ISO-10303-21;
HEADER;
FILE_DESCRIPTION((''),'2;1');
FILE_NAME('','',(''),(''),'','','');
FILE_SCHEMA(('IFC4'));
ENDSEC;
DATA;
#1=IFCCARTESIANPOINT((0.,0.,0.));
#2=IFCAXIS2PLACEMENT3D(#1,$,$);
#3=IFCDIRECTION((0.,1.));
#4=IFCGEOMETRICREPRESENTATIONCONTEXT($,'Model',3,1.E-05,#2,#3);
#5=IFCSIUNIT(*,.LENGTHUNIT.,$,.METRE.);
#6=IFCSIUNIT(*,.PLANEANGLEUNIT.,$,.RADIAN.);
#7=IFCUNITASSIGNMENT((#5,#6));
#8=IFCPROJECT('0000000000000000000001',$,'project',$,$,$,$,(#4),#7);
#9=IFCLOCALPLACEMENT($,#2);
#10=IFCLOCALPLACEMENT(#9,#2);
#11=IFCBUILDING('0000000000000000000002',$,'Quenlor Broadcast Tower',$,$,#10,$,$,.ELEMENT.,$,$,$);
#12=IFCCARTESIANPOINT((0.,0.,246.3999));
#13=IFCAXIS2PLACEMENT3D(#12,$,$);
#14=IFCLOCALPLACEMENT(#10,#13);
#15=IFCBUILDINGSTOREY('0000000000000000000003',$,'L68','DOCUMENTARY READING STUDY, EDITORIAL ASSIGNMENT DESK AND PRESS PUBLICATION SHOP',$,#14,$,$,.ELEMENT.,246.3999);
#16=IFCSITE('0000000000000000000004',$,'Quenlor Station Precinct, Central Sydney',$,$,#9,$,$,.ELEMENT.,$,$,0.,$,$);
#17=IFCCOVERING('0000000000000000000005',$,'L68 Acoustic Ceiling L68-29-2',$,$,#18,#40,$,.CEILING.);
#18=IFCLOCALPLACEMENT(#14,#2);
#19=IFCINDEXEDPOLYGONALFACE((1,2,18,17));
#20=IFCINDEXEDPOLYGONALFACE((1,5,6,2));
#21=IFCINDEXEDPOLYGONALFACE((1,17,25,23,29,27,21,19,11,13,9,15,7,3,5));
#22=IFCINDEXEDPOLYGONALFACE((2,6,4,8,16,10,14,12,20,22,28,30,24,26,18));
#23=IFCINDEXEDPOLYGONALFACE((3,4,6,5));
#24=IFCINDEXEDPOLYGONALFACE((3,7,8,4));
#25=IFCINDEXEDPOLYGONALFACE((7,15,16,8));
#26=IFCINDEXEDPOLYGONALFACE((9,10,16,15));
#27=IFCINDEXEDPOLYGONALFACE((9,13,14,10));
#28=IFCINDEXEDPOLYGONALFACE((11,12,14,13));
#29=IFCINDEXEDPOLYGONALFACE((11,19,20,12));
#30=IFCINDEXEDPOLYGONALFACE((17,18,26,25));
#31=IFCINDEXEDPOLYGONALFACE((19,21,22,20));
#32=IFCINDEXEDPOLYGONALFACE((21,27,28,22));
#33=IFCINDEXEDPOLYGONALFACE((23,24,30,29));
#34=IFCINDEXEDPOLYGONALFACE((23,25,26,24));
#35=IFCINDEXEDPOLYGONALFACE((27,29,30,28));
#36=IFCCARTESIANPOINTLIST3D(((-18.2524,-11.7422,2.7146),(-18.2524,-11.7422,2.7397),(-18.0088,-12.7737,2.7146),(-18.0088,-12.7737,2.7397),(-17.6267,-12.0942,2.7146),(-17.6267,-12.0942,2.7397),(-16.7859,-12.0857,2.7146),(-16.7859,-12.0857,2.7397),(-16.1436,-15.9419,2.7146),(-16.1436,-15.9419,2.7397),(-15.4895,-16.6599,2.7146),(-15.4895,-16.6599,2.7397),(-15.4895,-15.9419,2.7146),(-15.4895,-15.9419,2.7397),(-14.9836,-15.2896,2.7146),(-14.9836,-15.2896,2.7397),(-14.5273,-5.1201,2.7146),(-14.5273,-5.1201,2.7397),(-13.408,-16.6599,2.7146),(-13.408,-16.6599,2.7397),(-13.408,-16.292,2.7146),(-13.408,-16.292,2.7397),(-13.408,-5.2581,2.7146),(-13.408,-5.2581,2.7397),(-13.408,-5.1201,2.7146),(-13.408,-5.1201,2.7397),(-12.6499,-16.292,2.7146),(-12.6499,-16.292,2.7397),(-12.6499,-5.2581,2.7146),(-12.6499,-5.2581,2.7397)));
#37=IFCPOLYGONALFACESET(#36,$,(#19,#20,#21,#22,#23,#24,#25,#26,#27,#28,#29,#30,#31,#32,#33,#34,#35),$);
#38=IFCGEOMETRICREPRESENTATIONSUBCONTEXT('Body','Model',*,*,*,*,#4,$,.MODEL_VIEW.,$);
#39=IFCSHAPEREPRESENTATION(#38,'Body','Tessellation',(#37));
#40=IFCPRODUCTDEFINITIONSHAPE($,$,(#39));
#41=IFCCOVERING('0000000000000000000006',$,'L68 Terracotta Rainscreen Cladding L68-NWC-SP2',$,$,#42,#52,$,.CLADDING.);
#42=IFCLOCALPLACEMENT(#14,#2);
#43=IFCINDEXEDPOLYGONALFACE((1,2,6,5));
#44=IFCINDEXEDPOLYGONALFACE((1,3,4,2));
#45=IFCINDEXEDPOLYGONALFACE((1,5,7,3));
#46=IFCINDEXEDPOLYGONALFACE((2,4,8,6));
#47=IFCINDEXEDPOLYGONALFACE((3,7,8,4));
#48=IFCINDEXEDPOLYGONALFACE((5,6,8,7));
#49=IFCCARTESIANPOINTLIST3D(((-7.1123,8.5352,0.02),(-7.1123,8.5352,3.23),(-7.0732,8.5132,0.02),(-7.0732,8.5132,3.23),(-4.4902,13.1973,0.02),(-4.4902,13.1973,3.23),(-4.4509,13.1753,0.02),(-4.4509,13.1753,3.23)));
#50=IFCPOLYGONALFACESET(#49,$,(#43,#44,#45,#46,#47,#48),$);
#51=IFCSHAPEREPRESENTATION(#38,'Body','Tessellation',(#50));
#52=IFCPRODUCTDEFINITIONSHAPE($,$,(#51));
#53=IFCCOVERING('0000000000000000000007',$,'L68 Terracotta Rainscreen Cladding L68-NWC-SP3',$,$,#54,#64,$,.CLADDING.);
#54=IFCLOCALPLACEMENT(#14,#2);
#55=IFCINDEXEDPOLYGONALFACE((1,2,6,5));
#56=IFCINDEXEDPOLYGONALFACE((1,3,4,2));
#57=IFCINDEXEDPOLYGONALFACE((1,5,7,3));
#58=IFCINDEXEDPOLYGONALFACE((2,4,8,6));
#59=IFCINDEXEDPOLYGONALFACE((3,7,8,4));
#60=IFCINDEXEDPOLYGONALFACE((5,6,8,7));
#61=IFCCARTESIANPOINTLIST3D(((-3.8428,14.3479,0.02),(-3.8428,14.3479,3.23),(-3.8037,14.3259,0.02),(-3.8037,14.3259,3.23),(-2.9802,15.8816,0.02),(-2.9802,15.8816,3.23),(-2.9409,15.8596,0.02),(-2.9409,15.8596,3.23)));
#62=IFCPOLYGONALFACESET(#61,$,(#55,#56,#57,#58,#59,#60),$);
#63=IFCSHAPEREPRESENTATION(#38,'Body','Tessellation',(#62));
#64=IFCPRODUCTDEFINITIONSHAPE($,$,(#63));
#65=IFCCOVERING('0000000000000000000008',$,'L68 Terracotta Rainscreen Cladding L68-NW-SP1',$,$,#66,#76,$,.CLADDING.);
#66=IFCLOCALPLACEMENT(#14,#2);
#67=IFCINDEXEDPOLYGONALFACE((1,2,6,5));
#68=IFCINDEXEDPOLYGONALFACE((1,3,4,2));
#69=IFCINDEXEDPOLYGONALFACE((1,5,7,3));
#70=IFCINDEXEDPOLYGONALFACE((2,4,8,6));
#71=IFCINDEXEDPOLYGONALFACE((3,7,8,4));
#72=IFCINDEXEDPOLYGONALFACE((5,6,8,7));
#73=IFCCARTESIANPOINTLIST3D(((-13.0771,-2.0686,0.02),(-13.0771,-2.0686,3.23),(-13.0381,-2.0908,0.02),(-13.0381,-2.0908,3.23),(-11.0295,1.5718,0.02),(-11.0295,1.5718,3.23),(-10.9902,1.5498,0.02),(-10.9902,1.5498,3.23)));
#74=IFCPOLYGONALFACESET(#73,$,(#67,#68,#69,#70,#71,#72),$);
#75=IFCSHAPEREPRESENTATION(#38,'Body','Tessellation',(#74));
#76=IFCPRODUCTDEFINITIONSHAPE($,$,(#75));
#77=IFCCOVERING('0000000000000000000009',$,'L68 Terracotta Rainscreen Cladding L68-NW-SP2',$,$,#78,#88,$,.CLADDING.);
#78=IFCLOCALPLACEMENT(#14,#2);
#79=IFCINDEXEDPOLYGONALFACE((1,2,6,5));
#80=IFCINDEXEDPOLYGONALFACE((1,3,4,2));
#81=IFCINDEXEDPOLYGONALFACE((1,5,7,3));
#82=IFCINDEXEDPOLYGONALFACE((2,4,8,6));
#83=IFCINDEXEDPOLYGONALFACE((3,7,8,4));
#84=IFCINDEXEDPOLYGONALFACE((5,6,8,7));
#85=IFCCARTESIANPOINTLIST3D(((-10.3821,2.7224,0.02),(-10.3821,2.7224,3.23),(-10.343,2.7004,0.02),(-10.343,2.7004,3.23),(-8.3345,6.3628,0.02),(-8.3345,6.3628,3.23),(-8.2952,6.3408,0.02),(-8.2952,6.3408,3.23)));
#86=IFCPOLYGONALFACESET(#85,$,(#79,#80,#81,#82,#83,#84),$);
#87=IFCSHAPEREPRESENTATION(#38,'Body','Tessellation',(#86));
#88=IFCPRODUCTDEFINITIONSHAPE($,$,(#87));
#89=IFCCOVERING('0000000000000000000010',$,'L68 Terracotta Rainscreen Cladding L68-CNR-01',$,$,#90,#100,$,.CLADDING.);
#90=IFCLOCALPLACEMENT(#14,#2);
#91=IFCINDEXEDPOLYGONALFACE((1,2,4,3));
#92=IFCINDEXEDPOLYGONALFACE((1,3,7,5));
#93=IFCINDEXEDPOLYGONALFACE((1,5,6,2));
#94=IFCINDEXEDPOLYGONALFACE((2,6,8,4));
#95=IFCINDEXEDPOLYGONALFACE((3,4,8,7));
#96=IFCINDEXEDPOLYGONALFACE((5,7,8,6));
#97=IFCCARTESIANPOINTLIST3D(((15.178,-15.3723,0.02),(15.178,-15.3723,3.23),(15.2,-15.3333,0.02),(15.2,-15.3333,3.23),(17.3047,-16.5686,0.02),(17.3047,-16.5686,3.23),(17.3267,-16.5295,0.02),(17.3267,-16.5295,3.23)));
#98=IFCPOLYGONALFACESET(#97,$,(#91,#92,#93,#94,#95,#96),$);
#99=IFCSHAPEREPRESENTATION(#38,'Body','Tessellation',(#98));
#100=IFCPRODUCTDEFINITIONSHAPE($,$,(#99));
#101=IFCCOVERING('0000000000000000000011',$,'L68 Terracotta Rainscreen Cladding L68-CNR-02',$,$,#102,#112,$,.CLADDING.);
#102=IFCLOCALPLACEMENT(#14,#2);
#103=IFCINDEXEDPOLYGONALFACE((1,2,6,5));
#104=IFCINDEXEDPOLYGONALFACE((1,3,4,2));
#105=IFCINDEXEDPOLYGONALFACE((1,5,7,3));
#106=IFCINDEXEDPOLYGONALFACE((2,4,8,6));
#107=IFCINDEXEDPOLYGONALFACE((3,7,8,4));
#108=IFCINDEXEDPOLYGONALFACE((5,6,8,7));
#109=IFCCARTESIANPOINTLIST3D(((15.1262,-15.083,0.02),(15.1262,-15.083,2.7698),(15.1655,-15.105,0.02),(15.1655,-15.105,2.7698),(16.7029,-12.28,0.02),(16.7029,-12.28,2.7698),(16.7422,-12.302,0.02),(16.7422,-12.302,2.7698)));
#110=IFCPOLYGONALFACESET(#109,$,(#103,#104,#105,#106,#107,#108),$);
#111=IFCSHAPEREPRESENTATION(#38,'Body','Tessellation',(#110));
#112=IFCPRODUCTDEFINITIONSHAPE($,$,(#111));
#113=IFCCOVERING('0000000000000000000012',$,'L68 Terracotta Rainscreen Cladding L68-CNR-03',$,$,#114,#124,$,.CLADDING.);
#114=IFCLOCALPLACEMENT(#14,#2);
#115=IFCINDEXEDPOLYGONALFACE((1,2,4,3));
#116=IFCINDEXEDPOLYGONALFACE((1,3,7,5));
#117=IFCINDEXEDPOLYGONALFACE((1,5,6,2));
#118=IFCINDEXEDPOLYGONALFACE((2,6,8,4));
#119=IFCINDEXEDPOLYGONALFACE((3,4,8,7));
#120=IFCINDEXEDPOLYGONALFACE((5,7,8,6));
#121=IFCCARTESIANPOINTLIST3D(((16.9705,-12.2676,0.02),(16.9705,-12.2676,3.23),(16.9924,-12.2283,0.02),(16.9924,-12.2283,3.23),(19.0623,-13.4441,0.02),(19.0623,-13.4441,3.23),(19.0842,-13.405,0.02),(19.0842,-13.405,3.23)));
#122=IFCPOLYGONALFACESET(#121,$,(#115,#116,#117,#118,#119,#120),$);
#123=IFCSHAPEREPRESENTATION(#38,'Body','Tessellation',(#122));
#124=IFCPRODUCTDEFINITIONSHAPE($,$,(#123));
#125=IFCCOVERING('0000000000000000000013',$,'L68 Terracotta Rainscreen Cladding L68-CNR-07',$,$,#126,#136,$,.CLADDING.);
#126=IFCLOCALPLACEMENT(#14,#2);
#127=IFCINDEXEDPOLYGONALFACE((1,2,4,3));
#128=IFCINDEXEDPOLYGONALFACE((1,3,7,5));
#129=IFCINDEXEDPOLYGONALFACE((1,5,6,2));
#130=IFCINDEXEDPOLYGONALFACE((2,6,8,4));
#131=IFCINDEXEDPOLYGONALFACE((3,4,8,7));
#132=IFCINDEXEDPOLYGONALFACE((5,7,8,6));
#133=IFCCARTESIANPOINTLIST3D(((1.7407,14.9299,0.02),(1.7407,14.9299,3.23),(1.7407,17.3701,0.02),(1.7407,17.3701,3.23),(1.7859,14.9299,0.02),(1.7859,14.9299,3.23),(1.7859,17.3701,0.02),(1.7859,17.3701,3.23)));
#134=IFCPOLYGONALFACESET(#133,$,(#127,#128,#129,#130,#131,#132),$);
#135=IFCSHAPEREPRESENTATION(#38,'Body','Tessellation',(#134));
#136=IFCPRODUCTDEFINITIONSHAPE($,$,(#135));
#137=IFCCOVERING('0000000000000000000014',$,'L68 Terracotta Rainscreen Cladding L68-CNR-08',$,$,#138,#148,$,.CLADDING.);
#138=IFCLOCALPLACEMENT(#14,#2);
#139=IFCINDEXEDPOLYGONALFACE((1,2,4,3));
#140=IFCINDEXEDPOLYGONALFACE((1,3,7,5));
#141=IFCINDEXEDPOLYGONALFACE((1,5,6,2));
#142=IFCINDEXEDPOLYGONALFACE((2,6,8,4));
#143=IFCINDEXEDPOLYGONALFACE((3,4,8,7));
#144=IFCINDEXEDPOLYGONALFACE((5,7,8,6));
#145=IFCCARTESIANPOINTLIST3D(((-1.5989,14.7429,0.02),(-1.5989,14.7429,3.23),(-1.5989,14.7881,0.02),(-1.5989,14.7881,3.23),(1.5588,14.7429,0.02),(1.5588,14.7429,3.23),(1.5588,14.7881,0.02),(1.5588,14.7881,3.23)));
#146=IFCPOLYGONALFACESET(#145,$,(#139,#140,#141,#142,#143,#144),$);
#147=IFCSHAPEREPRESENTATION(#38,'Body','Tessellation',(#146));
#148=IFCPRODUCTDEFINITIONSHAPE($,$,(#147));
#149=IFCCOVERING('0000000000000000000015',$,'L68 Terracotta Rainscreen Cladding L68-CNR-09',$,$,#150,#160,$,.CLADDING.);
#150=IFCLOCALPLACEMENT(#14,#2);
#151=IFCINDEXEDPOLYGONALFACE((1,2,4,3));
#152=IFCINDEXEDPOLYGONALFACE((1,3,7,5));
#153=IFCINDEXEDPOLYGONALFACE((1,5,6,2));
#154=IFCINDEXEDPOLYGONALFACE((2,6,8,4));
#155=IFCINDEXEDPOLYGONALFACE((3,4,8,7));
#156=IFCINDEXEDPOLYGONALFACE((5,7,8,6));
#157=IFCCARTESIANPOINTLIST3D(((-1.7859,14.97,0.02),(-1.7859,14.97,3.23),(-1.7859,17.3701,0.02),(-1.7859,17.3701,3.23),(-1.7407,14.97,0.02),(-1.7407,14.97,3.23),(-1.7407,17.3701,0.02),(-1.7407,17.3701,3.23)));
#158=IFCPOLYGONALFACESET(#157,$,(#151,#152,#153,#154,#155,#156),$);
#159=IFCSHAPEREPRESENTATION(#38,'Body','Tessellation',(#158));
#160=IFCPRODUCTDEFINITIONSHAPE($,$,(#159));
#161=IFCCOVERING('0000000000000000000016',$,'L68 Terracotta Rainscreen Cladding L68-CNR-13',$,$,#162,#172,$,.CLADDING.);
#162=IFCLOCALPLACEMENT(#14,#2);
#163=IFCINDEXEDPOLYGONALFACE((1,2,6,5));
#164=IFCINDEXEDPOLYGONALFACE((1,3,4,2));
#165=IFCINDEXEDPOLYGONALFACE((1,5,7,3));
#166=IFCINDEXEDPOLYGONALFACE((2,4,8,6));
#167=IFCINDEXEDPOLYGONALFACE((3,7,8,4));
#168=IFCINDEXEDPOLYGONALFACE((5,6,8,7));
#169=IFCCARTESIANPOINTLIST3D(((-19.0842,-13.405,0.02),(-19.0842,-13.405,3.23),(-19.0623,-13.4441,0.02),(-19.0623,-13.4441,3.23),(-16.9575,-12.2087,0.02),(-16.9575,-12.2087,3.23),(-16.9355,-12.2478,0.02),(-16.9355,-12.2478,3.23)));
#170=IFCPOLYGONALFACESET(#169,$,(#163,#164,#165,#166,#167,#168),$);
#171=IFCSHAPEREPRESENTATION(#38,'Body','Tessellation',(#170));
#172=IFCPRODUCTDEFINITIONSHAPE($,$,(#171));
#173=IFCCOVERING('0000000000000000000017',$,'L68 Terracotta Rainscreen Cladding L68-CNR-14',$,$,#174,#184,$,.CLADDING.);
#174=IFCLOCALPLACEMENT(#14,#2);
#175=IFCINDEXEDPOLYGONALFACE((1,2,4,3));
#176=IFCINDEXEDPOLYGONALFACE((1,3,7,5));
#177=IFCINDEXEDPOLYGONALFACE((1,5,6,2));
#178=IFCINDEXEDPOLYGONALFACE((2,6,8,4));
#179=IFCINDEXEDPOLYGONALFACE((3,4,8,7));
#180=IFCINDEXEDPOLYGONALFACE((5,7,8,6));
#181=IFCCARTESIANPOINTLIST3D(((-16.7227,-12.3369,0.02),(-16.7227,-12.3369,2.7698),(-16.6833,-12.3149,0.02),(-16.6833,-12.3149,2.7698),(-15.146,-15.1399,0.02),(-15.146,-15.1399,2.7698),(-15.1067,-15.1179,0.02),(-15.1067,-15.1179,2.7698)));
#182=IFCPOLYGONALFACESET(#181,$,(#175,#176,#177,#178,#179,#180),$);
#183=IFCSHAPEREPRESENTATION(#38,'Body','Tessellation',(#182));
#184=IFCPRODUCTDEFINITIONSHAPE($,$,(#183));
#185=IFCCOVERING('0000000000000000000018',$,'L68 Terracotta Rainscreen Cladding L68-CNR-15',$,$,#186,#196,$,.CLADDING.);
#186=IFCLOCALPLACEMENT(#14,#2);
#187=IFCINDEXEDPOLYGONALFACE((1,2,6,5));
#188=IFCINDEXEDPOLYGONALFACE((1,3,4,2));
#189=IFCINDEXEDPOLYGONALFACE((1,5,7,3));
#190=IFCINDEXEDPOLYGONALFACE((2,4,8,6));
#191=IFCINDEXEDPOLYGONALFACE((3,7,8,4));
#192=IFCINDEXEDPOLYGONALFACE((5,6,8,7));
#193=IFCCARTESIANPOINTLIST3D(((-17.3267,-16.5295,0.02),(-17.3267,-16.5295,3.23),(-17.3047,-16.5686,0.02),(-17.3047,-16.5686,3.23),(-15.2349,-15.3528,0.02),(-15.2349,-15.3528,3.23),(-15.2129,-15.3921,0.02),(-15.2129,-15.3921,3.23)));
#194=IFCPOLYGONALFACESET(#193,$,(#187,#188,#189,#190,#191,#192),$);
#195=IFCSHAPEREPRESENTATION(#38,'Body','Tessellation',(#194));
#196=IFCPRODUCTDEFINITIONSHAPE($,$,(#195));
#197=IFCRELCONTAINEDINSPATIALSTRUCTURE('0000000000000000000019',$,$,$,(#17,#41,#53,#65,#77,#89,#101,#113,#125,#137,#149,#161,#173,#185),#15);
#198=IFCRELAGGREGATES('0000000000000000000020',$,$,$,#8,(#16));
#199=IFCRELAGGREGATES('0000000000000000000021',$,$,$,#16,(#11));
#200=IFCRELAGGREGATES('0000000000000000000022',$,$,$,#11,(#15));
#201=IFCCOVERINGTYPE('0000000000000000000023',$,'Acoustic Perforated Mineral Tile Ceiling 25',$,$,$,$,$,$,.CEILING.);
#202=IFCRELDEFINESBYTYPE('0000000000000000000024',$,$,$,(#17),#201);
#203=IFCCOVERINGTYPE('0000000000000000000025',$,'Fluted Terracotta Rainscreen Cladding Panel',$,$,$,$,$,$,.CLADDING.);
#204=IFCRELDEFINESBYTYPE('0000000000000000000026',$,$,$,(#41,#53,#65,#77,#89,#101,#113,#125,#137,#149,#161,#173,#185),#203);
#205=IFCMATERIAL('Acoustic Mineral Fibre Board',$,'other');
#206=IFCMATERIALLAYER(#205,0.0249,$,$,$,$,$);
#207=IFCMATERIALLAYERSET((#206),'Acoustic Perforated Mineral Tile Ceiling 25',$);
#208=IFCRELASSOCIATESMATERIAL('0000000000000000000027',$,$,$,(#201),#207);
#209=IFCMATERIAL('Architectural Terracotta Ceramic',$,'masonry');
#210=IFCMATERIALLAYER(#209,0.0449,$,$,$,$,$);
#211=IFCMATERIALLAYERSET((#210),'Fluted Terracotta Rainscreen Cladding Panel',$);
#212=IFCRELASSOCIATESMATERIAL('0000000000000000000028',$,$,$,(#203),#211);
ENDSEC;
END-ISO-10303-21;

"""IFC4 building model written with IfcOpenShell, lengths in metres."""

from ifc_helpers import new_model, si_unit, direction, frame, origin, place, context, subcontext, project, spatial, polyline, outline, extrude, material, layer, layer_set, type_object, element, save


model = new_model("IFC4")

# Units and contexts
model_context = context("Model", 3, precision=1e-05, world=origin(), true_north=direction((0.0, 1.0)))
body_context = subcontext(model_context, "Body", "Model", "MODEL_VIEW")
ifc_project = project(units=[si_unit("LENGTHUNIT", "METRE"), si_unit("PLANEANGLEUNIT", "RADIAN")], contexts=[model_context])

# Site, building, storey
site_placement = place(None, origin())
site = spatial("IfcSite", under=ifc_project, at=site_placement, Name="Quenlor Station Precinct, Central Sydney", CompositionType="ELEMENT", RefElevation=0.0)
building_placement = place(site_placement, origin())
building = spatial("IfcBuilding", under=site, at=building_placement, Name="Quenlor Broadcast Tower", CompositionType="ELEMENT")
storey_placement = place(building_placement, frame((0.0, 0.0, 246.3999)))
storey = spatial("IfcBuildingStorey", under=building, at=storey_placement, Name="L68", Description="DOCUMENTARY READING STUDY, EDITORIAL ASSIGNMENT DESK AND PRESS PUBLICATION SHOP", CompositionType="ELEMENT", Elevation=246.3999)

# Coverings
ifc_material_1 = material(Name="Acoustic Mineral Fibre Board", Category="other")
ifc_layer_1 = layer(ifc_material_1, 0.0249)
ifc_layer_set_1 = layer_set([ifc_layer_1], Name="Acoustic Perforated Mineral Tile Ceiling 25")
covering_type_1 = type_object("IfcCoveringType", Name="Acoustic Perforated Mineral Tile Ceiling 25", PredefinedType="CEILING", material=ifc_layer_set_1)
covering_1_placement = place(storey_placement, frame((0.0, 0.0, 2.7146)))
element("IfcCovering", 1, at=covering_1_placement, inside=storey, type_object=covering_type_1, Name="L68 Acoustic Ceiling L68-29-2", PredefinedType="CEILING", context=body_context, shape_type="SweptSolid", body=[
    extrude(outline(polyline([(-17.6267, -12.0942), (-18.2524, -11.7422), (-14.5273, -5.1201), (-13.408, -5.1201), (-13.408, -5.2581), (-12.6499, -5.2581), (-12.6499, -16.292), (-13.408, -16.292), (-13.408, -16.6599), (-15.4895, -16.6599), (-15.4895, -15.9419), (-16.1436, -15.9419), (-14.9836, -15.2896), (-16.7859, -12.0857), (-18.0088, -12.7737), (-17.6267, -12.0942)])), origin(), (0.0, 0.0, 1.0), 0.0251),
])
ifc_material_2 = material(Name="Architectural Terracotta Ceramic", Category="masonry")
ifc_layer_2 = layer(ifc_material_2, 0.0449)
ifc_layer_set_2 = layer_set([ifc_layer_2], Name="Fluted Terracotta Rainscreen Cladding Panel")
covering_type_2 = type_object("IfcCoveringType", Name="Fluted Terracotta Rainscreen Cladding Panel", PredefinedType="CLADDING", material=ifc_layer_set_2)
covering_2_placement = place(storey_placement, frame((0.0, 0.0, 0.02)))
element("IfcCovering", 2, at=covering_2_placement, inside=storey, type_object=covering_type_2, Name="L68 Terracotta Rainscreen Cladding L68-NWC-SP2", PredefinedType="CLADDING", context=body_context, shape_type="SweptSolid", body=[
    extrude(outline(polyline([(-7.0732, 8.5132), (-4.4509, 13.1753), (-4.4902, 13.1973), (-7.1123, 8.5352), (-7.0732, 8.5132)])), origin(), (0.0, 0.0, 1.0), 3.21),
])
covering_3_placement = place(storey_placement, frame((0.0, 0.0, 0.02)))
element("IfcCovering", 3, at=covering_3_placement, inside=storey, type_object=covering_type_2, Name="L68 Terracotta Rainscreen Cladding L68-NWC-SP3", PredefinedType="CLADDING", context=body_context, shape_type="SweptSolid", body=[
    extrude(outline(polyline([(-3.8037, 14.3259), (-2.9409, 15.8596), (-2.9802, 15.8816), (-3.8428, 14.3479), (-3.8037, 14.3259)])), origin(), (0.0, 0.0, 1.0), 3.21),
])
covering_4_placement = place(storey_placement, frame((0.0, 0.0, 0.02)))
element("IfcCovering", 4, at=covering_4_placement, inside=storey, type_object=covering_type_2, Name="L68 Terracotta Rainscreen Cladding L68-NW-SP1", PredefinedType="CLADDING", context=body_context, shape_type="SweptSolid", body=[
    extrude(outline(polyline([(-13.0381, -2.0908), (-10.9902, 1.5498), (-11.0295, 1.5718), (-13.0771, -2.0686), (-13.0381, -2.0908)])), origin(), (0.0, 0.0, 1.0), 3.21),
])
covering_5_placement = place(storey_placement, frame((0.0, 0.0, 0.02)))
element("IfcCovering", 5, at=covering_5_placement, inside=storey, type_object=covering_type_2, Name="L68 Terracotta Rainscreen Cladding L68-NW-SP2", PredefinedType="CLADDING", context=body_context, shape_type="SweptSolid", body=[
    extrude(outline(polyline([(-10.343, 2.7004), (-8.2952, 6.3408), (-8.3345, 6.3628), (-10.3821, 2.7224), (-10.343, 2.7004)])), origin(), (0.0, 0.0, 1.0), 3.21),
])
covering_6_placement = place(storey_placement, frame((0.0, 0.0, 0.02)))
element("IfcCovering", 6, at=covering_6_placement, inside=storey, type_object=covering_type_2, Name="L68 Terracotta Rainscreen Cladding L68-CNR-01", PredefinedType="CLADDING", context=body_context, shape_type="SweptSolid", body=[
    extrude(outline(polyline([(17.3267, -16.5295), (15.2, -15.3333), (15.178, -15.3723), (17.3047, -16.5686), (17.3267, -16.5295)])), origin(), (0.0, 0.0, 1.0), 3.21),
])
covering_7_placement = place(storey_placement, frame((0.0, 0.0, 0.02)))
element("IfcCovering", 7, at=covering_7_placement, inside=storey, type_object=covering_type_2, Name="L68 Terracotta Rainscreen Cladding L68-CNR-02", PredefinedType="CLADDING", context=body_context, shape_type="SweptSolid", body=[
    extrude(outline(polyline([(15.1655, -15.105), (16.7422, -12.302), (16.7029, -12.28), (15.1262, -15.083), (15.1655, -15.105)])), origin(), (0.0, 0.0, 1.0), 2.7498),
])
covering_8_placement = place(storey_placement, frame((0.0, 0.0, 0.02)))
element("IfcCovering", 8, at=covering_8_placement, inside=storey, type_object=covering_type_2, Name="L68 Terracotta Rainscreen Cladding L68-CNR-03", PredefinedType="CLADDING", context=body_context, shape_type="SweptSolid", body=[
    extrude(outline(polyline([(16.9705, -12.2676), (19.0623, -13.4441), (19.0842, -13.405), (16.9924, -12.2283), (16.9705, -12.2676)])), origin(), (0.0, 0.0, 1.0), 3.21),
])
covering_9_placement = place(storey_placement, frame((0.0, 0.0, 0.02)))
element("IfcCovering", 9, at=covering_9_placement, inside=storey, type_object=covering_type_2, Name="L68 Terracotta Rainscreen Cladding L68-CNR-07", PredefinedType="CLADDING", context=body_context, shape_type="SweptSolid", body=[
    extrude(outline(polyline([(1.7407, 17.3701), (1.7407, 14.9299), (1.7859, 14.9299), (1.7859, 17.3701), (1.7407, 17.3701)])), origin(), (0.0, 0.0, 1.0), 3.21),
])
covering_10_placement = place(storey_placement, frame((0.0, 0.0, 0.02)))
element("IfcCovering", 10, at=covering_10_placement, inside=storey, type_object=covering_type_2, Name="L68 Terracotta Rainscreen Cladding L68-CNR-08", PredefinedType="CLADDING", context=body_context, shape_type="SweptSolid", body=[
    extrude(outline(polyline([(1.5588, 14.7881), (-1.5989, 14.7881), (-1.5989, 14.7429), (1.5588, 14.7429), (1.5588, 14.7881)])), origin(), (0.0, 0.0, 1.0), 3.21),
])
covering_11_placement = place(storey_placement, frame((0.0, 0.0, 0.02)))
element("IfcCovering", 11, at=covering_11_placement, inside=storey, type_object=covering_type_2, Name="L68 Terracotta Rainscreen Cladding L68-CNR-09", PredefinedType="CLADDING", context=body_context, shape_type="SweptSolid", body=[
    extrude(outline(polyline([(-1.7407, 14.97), (-1.7407, 17.3701), (-1.7859, 17.3701), (-1.7859, 14.97), (-1.7407, 14.97)])), origin(), (0.0, 0.0, 1.0), 3.21),
])
covering_12_placement = place(storey_placement, frame((0.0, 0.0, 0.02)))
element("IfcCovering", 12, at=covering_12_placement, inside=storey, type_object=covering_type_2, Name="L68 Terracotta Rainscreen Cladding L68-CNR-13", PredefinedType="CLADDING", context=body_context, shape_type="SweptSolid", body=[
    extrude(outline(polyline([(-19.0623, -13.4441), (-16.9355, -12.2478), (-16.9575, -12.2087), (-19.0842, -13.405), (-19.0623, -13.4441)])), origin(), (0.0, 0.0, 1.0), 3.21),
])
covering_13_placement = place(storey_placement, frame((0.0, 0.0, 0.02)))
element("IfcCovering", 13, at=covering_13_placement, inside=storey, type_object=covering_type_2, Name="L68 Terracotta Rainscreen Cladding L68-CNR-14", PredefinedType="CLADDING", context=body_context, shape_type="SweptSolid", body=[
    extrude(outline(polyline([(-16.7227, -12.3369), (-15.146, -15.1399), (-15.1067, -15.1179), (-16.6833, -12.3149), (-16.7227, -12.3369)])), origin(), (0.0, 0.0, 1.0), 2.7498),
])
covering_14_placement = place(storey_placement, frame((0.0, 0.0, 0.02)))
element("IfcCovering", 14, at=covering_14_placement, inside=storey, type_object=covering_type_2, Name="L68 Terracotta Rainscreen Cladding L68-CNR-15", PredefinedType="CLADDING", context=body_context, shape_type="SweptSolid", body=[
    extrude(outline(polyline([(-15.2349, -15.3528), (-17.3267, -16.5295), (-17.3047, -16.5686), (-15.2129, -15.3921), (-15.2349, -15.3528)])), origin(), (0.0, 0.0, 1.0), 3.21),
])

save(model, "model.ifc")
